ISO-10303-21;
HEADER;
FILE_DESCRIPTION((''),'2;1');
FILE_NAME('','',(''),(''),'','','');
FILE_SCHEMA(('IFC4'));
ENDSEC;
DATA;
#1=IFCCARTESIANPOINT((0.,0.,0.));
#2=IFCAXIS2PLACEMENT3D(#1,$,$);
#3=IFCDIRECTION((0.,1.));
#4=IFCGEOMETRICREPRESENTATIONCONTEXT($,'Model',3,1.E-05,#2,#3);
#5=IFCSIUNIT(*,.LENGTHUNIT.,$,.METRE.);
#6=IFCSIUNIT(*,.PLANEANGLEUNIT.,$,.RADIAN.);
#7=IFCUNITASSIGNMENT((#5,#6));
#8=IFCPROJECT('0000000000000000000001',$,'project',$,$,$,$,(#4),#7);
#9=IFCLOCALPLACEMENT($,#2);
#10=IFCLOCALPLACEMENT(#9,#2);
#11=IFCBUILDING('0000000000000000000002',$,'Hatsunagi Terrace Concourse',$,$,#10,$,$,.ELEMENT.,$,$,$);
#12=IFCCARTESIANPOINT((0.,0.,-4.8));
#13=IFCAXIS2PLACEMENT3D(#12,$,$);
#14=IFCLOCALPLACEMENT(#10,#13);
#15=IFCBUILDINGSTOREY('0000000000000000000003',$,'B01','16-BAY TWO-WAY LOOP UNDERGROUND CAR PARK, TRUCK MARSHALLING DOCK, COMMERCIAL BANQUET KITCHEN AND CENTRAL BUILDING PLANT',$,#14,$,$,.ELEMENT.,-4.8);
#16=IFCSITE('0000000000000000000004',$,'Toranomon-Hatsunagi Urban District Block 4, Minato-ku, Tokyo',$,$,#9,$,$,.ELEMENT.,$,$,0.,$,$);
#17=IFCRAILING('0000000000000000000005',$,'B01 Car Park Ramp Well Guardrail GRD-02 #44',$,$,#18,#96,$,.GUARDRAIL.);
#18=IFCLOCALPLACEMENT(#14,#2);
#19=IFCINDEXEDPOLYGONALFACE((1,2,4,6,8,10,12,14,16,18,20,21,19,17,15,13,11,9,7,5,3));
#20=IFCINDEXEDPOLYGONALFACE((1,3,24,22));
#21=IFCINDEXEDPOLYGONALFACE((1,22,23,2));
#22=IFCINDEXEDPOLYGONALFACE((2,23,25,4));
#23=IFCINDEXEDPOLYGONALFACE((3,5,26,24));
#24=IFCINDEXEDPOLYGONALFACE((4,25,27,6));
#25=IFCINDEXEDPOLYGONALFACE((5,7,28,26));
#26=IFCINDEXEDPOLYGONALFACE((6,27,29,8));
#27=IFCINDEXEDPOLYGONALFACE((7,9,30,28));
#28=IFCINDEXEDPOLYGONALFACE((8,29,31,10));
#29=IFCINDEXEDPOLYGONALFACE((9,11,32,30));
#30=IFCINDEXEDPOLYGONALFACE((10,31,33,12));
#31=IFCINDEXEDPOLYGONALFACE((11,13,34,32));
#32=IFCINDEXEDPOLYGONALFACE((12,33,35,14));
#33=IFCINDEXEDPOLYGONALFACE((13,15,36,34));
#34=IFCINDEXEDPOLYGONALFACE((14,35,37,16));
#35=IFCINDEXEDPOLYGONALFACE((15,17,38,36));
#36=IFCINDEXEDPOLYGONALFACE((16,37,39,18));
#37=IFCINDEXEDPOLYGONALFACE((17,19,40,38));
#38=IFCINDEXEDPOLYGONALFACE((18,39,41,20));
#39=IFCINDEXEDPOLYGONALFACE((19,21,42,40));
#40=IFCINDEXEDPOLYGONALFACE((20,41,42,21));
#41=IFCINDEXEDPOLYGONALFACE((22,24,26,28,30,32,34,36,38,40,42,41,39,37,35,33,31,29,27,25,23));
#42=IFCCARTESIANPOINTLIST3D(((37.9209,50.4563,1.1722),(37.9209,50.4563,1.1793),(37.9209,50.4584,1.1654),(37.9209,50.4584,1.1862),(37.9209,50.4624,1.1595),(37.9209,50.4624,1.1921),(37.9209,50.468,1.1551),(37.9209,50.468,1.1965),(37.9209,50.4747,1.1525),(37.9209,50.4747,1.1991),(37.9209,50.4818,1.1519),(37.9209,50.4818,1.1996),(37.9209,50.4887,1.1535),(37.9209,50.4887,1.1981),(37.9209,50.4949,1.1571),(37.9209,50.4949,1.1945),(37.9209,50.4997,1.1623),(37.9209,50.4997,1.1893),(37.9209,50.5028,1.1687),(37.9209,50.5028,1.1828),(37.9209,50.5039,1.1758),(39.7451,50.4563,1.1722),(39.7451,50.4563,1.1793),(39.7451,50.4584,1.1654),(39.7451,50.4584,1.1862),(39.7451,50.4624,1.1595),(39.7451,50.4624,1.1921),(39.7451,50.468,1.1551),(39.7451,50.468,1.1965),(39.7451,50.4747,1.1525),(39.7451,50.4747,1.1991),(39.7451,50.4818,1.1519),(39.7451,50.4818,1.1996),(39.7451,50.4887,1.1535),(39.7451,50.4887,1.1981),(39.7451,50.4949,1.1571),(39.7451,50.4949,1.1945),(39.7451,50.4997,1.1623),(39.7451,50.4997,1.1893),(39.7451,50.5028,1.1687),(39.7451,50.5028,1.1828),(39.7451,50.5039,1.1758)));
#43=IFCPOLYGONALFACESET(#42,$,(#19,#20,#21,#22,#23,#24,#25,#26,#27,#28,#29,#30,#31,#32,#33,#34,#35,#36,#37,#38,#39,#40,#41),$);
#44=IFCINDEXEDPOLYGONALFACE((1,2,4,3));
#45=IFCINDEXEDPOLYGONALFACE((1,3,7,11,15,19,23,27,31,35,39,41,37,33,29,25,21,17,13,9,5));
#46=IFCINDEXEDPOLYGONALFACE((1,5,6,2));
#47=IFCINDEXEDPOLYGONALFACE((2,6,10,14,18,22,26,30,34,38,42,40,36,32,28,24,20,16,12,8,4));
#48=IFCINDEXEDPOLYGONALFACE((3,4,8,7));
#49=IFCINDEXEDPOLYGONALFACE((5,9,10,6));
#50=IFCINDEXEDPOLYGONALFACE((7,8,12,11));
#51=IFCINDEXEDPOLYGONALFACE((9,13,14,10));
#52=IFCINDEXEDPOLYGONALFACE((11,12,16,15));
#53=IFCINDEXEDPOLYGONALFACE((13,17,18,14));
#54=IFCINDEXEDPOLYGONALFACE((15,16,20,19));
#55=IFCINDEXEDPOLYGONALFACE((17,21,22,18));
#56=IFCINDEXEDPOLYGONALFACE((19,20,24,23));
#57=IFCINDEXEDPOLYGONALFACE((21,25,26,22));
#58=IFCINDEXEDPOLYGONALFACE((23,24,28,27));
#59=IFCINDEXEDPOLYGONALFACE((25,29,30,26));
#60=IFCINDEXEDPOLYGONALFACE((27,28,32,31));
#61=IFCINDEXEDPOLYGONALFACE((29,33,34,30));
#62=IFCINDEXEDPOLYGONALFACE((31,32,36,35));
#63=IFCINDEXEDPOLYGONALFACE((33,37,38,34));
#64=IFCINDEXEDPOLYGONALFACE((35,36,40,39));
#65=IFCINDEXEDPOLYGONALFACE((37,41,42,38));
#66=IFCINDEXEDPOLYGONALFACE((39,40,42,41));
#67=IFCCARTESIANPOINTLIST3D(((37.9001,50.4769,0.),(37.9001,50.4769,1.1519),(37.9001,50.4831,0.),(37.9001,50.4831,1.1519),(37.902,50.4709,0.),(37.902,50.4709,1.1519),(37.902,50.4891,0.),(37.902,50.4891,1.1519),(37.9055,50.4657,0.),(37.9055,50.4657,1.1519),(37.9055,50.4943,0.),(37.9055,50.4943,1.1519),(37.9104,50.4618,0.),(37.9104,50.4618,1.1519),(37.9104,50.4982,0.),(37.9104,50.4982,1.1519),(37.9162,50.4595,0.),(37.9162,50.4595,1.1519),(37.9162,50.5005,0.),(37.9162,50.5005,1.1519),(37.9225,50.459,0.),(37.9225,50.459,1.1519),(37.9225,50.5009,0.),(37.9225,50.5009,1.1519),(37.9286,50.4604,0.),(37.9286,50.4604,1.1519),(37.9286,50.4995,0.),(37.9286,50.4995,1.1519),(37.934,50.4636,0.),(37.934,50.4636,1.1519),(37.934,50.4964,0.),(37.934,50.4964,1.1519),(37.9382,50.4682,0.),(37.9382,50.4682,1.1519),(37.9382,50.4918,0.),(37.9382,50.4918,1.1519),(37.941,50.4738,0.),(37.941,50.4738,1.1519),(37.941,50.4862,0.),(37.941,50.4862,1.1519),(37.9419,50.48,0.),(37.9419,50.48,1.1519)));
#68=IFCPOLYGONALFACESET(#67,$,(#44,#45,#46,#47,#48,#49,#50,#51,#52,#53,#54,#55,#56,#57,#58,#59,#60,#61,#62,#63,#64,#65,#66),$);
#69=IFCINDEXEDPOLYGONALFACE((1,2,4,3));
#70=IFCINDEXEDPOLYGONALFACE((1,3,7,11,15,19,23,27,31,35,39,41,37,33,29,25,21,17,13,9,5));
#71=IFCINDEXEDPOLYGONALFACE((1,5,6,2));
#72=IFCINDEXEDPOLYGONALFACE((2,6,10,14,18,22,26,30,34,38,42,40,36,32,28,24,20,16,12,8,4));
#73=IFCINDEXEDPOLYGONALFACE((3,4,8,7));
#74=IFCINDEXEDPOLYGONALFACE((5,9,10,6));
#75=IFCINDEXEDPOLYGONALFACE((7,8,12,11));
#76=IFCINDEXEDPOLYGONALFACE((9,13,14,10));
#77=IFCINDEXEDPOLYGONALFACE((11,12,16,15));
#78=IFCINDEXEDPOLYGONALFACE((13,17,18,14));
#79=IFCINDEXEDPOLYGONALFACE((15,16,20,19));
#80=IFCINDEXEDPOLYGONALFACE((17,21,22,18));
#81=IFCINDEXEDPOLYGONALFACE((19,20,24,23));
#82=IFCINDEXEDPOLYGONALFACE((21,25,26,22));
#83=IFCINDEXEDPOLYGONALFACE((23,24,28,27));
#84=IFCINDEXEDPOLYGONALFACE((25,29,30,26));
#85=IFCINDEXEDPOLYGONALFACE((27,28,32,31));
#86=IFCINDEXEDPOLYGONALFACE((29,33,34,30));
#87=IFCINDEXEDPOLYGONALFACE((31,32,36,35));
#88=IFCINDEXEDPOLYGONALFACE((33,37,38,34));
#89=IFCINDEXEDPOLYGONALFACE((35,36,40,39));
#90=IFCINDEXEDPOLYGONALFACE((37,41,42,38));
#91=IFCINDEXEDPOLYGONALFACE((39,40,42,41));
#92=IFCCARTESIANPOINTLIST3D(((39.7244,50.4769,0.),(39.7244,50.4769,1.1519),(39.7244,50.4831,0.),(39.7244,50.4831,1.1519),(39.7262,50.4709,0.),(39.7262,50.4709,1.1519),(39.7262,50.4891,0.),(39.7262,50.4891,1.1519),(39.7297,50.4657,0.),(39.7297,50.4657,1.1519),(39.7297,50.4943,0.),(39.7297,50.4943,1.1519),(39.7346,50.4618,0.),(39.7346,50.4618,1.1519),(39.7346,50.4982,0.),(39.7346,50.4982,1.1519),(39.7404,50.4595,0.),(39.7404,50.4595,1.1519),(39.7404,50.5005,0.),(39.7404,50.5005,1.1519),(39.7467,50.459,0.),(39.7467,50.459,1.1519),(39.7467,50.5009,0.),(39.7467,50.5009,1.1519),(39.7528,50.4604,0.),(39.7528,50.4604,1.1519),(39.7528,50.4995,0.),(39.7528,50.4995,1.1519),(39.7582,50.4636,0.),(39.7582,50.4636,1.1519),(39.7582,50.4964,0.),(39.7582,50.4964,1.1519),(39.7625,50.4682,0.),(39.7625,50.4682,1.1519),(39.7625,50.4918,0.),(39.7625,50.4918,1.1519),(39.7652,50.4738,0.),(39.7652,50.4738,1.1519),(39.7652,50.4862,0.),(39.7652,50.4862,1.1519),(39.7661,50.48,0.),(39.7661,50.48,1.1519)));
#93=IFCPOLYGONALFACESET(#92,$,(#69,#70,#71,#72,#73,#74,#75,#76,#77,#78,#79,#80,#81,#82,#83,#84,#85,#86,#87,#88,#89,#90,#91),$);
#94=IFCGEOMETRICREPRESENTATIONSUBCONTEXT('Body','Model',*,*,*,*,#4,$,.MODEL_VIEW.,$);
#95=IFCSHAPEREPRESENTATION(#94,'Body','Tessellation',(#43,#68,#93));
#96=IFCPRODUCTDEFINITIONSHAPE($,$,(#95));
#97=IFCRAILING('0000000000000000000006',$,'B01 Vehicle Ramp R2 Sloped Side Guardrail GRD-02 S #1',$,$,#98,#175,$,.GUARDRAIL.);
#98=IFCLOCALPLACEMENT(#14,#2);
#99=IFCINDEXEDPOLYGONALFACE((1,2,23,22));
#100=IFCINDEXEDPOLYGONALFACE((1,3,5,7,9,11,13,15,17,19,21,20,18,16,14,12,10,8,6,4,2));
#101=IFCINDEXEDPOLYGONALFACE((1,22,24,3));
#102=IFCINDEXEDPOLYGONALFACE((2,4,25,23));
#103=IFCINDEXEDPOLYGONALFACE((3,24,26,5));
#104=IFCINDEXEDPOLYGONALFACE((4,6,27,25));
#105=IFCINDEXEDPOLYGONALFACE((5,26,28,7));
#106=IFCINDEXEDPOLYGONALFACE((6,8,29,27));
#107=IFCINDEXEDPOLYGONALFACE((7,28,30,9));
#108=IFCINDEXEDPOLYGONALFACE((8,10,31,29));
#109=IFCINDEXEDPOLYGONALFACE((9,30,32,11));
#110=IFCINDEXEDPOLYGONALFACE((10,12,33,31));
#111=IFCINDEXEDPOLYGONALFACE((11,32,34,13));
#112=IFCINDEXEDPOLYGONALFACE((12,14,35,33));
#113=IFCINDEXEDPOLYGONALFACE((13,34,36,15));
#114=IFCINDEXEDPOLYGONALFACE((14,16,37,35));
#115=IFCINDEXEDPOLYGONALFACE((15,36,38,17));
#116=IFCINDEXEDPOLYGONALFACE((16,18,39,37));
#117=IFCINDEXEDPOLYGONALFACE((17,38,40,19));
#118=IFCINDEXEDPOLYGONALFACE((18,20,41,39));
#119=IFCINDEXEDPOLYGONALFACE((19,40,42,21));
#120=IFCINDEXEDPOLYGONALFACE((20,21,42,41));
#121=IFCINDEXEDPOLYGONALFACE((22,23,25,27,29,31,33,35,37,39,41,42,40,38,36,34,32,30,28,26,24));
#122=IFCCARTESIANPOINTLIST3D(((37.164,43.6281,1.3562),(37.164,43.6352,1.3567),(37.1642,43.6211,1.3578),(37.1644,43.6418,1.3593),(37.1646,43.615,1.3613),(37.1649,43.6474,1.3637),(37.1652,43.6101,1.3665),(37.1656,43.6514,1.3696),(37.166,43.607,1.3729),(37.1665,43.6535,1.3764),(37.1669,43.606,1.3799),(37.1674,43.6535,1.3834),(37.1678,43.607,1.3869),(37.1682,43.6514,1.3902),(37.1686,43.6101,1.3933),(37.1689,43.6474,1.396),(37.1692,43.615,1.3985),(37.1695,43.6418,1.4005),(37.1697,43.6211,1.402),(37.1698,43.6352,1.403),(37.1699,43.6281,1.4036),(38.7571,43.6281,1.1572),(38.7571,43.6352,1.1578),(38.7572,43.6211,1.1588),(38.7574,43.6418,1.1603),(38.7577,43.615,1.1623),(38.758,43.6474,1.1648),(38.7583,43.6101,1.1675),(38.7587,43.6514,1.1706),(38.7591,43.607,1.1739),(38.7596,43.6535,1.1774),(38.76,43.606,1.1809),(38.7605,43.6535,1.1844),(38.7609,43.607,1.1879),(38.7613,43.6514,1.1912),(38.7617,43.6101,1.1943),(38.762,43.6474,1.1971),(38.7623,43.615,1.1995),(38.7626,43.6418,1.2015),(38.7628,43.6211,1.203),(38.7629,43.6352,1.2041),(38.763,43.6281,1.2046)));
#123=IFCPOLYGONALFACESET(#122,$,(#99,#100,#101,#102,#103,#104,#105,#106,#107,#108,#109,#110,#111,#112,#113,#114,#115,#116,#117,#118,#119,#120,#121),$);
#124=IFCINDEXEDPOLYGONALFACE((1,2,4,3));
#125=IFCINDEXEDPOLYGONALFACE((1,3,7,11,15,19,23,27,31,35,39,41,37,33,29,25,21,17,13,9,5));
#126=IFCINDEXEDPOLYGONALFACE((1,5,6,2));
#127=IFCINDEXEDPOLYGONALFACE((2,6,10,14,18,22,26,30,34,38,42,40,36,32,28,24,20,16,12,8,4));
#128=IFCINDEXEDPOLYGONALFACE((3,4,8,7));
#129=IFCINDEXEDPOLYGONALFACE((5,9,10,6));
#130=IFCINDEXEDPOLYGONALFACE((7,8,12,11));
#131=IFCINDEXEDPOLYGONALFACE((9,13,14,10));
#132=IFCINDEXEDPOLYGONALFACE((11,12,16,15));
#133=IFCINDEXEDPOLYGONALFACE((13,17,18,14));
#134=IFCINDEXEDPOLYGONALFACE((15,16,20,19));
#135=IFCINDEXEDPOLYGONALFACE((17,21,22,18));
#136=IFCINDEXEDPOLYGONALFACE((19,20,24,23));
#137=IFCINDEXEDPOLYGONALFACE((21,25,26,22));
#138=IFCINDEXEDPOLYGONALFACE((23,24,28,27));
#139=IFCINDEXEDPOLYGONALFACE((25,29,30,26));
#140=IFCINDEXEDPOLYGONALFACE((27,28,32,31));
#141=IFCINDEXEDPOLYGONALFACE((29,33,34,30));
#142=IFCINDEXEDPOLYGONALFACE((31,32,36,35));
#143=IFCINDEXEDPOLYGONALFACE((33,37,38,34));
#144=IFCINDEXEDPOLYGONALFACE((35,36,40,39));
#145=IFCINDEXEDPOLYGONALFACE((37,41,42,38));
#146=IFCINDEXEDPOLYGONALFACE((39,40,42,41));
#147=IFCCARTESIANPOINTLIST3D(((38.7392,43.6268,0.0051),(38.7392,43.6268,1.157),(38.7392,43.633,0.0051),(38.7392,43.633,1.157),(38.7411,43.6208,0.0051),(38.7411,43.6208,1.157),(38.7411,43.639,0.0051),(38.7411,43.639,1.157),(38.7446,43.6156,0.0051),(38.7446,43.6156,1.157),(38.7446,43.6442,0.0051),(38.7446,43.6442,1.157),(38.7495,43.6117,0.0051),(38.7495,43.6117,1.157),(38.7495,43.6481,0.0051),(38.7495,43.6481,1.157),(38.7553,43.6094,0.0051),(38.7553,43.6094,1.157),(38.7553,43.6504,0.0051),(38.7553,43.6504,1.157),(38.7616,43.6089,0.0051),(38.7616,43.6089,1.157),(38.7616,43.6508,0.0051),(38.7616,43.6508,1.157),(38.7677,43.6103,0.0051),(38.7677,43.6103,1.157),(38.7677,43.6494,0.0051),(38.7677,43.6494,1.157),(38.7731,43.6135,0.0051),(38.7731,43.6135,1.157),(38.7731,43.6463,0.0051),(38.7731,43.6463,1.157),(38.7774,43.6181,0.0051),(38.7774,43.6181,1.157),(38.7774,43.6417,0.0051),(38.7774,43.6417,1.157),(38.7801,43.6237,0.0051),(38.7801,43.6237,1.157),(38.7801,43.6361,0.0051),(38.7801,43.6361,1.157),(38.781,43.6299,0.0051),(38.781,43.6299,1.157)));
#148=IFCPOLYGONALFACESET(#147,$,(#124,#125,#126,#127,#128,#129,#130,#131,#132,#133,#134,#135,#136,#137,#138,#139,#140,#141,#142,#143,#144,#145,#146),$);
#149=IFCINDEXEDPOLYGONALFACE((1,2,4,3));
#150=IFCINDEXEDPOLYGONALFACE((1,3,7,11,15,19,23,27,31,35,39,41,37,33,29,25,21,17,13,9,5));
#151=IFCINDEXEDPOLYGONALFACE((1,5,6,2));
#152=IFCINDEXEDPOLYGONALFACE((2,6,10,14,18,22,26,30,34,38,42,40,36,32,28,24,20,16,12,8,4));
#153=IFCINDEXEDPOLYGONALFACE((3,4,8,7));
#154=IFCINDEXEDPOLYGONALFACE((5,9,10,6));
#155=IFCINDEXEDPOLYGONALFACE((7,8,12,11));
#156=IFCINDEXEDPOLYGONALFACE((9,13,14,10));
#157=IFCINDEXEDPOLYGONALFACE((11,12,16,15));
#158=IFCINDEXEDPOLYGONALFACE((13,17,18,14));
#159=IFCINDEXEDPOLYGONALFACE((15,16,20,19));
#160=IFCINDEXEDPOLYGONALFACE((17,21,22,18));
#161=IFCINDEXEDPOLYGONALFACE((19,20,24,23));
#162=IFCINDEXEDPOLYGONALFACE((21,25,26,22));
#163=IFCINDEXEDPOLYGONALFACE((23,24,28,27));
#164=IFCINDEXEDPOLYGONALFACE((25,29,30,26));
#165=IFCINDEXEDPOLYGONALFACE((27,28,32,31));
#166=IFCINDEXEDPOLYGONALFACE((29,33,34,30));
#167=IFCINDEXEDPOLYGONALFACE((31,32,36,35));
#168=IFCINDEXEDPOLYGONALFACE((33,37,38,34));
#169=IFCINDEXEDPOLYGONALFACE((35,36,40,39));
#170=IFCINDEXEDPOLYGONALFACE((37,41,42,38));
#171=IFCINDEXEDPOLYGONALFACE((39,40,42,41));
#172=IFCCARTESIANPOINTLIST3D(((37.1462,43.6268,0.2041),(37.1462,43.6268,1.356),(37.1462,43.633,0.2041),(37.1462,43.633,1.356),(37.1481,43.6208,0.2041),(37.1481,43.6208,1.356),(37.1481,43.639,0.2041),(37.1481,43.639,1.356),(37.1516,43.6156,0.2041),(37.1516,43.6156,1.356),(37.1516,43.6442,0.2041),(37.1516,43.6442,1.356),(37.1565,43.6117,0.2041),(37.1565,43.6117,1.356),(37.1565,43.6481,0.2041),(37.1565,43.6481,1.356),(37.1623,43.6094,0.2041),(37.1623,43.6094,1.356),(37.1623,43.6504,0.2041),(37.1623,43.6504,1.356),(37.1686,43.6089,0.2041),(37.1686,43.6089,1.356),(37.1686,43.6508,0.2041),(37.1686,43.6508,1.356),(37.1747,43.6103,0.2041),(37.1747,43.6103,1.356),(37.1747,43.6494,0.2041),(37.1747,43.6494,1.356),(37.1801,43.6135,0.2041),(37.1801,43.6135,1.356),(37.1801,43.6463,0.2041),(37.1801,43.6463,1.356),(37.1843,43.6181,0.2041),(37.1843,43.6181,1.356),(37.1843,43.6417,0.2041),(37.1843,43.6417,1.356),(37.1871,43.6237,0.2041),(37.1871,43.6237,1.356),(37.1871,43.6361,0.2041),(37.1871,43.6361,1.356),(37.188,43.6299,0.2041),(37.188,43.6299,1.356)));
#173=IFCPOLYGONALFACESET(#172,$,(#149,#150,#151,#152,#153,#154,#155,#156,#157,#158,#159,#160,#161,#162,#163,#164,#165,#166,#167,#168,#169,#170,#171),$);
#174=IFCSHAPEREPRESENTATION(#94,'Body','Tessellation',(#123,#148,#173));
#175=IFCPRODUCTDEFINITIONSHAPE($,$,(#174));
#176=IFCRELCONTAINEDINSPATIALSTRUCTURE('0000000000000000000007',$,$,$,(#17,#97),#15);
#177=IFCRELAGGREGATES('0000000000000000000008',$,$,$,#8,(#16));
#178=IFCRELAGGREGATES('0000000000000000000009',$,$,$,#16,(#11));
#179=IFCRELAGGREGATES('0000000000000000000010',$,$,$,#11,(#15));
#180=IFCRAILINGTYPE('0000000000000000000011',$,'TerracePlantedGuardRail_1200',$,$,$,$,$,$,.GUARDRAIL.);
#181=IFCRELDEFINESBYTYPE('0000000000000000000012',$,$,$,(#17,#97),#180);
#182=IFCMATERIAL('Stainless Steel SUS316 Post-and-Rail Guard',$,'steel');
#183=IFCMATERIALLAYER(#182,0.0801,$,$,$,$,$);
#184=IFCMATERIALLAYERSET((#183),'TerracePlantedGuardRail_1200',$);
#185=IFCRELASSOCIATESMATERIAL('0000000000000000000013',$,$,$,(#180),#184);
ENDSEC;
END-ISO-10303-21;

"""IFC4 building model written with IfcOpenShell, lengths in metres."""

from ifc_helpers import new_model, si_unit, direction, frame, origin, origin_2d, place, context, subcontext, project, spatial, circle, extrude, material, layer, layer_set, type_object, element, save


model = new_model("IFC4")

# Units and contexts
model_context = context("Model", 3, precision=1e-05, world=origin(), true_north=direction((0.0, 1.0)))
body_context = subcontext(model_context, "Body", "Model", "MODEL_VIEW")
ifc_project = project(units=[si_unit("LENGTHUNIT", "METRE"), si_unit("PLANEANGLEUNIT", "RADIAN")], contexts=[model_context])

# Site, building, storey
site_placement = place(None, origin())
site = spatial("IfcSite", under=ifc_project, at=site_placement, Name="Toranomon-Hatsunagi Urban District Block 4, Minato-ku, Tokyo", CompositionType="ELEMENT", RefElevation=0.0)
building_placement = place(site_placement, origin())
building = spatial("IfcBuilding", under=site, at=building_placement, Name="Hatsunagi Terrace Concourse", CompositionType="ELEMENT")
storey_placement = place(building_placement, frame((0.0, 0.0, -4.8)))
storey = spatial("IfcBuildingStorey", under=building, at=storey_placement, Name="B01", Description="16-BAY TWO-WAY LOOP UNDERGROUND CAR PARK, TRUCK MARSHALLING DOCK, COMMERCIAL BANQUET KITCHEN AND CENTRAL BUILDING PLANT", CompositionType="ELEMENT", Elevation=-4.8)

# Railings
ifc_material_1 = material(Name="Stainless Steel SUS316 Post-and-Rail Guard", Category="steel")
ifc_layer_1 = layer(ifc_material_1, 0.0801)
ifc_layer_set_1 = layer_set([ifc_layer_1], Name="TerracePlantedGuardRail_1200")
railing_type_1 = type_object("IfcRailingType", Name="TerracePlantedGuardRail_1200", PredefinedType="GUARDRAIL", material=ifc_layer_set_1)
railing_1_placement = place(storey_placement, frame((37.9209, 50.48, 0.0)))
element("IfcRailing", 1, at=railing_1_placement, inside=storey, type_object=railing_type_1, Name="B01 Car Park Ramp Well Guardrail GRD-02 #44", PredefinedType="GUARDRAIL", context=body_context, shape_type="SweptSolid", body=[
    extrude(circle(Radius=0.0239, at=origin_2d()), frame((0.0, 0.0, 1.1758), z_axis=(1.0, 0.0, 0.0), x_axis=(0.0, 1.0, 0.0)), (0.0, 0.0, 1.0), 1.8242),
    extrude(circle(Radius=0.021, at=origin_2d()), origin(), (0.0, 0.0, 1.0), 1.1519),
    extrude(circle(Radius=0.021, at=origin_2d()), frame((1.8242, 0.0, 0.0)), (0.0, 0.0, 1.0), 1.1519),
])
railing_2_placement = place(storey_placement, frame((38.76, 43.6299, 0.0051)))
element("IfcRailing", 2, at=railing_2_placement, inside=storey, type_object=railing_type_1, Name="B01 Vehicle Ramp R2 Sloped Side Guardrail GRD-02 S #1", PredefinedType="GUARDRAIL", context=body_context, shape_type="SweptSolid", body=[
    extrude(circle(Radius=0.0239, at=origin_2d()), frame((0.0, 0.0, 1.1758), z_axis=(-0.99229, 0.0, 0.123941), x_axis=(0.0, -1.0, 0.0)), (0.0, 0.0, 1.0), 1.6055),
    extrude(circle(Radius=0.021, at=origin_2d()), origin(), (0.0, 0.0, 1.0), 1.1519),
    extrude(circle(Radius=0.021, at=origin_2d()), frame((-1.593, 0.0, 0.199)), (0.0, 0.0, 1.0), 1.1519),
])

save(model, "model.ifc")
